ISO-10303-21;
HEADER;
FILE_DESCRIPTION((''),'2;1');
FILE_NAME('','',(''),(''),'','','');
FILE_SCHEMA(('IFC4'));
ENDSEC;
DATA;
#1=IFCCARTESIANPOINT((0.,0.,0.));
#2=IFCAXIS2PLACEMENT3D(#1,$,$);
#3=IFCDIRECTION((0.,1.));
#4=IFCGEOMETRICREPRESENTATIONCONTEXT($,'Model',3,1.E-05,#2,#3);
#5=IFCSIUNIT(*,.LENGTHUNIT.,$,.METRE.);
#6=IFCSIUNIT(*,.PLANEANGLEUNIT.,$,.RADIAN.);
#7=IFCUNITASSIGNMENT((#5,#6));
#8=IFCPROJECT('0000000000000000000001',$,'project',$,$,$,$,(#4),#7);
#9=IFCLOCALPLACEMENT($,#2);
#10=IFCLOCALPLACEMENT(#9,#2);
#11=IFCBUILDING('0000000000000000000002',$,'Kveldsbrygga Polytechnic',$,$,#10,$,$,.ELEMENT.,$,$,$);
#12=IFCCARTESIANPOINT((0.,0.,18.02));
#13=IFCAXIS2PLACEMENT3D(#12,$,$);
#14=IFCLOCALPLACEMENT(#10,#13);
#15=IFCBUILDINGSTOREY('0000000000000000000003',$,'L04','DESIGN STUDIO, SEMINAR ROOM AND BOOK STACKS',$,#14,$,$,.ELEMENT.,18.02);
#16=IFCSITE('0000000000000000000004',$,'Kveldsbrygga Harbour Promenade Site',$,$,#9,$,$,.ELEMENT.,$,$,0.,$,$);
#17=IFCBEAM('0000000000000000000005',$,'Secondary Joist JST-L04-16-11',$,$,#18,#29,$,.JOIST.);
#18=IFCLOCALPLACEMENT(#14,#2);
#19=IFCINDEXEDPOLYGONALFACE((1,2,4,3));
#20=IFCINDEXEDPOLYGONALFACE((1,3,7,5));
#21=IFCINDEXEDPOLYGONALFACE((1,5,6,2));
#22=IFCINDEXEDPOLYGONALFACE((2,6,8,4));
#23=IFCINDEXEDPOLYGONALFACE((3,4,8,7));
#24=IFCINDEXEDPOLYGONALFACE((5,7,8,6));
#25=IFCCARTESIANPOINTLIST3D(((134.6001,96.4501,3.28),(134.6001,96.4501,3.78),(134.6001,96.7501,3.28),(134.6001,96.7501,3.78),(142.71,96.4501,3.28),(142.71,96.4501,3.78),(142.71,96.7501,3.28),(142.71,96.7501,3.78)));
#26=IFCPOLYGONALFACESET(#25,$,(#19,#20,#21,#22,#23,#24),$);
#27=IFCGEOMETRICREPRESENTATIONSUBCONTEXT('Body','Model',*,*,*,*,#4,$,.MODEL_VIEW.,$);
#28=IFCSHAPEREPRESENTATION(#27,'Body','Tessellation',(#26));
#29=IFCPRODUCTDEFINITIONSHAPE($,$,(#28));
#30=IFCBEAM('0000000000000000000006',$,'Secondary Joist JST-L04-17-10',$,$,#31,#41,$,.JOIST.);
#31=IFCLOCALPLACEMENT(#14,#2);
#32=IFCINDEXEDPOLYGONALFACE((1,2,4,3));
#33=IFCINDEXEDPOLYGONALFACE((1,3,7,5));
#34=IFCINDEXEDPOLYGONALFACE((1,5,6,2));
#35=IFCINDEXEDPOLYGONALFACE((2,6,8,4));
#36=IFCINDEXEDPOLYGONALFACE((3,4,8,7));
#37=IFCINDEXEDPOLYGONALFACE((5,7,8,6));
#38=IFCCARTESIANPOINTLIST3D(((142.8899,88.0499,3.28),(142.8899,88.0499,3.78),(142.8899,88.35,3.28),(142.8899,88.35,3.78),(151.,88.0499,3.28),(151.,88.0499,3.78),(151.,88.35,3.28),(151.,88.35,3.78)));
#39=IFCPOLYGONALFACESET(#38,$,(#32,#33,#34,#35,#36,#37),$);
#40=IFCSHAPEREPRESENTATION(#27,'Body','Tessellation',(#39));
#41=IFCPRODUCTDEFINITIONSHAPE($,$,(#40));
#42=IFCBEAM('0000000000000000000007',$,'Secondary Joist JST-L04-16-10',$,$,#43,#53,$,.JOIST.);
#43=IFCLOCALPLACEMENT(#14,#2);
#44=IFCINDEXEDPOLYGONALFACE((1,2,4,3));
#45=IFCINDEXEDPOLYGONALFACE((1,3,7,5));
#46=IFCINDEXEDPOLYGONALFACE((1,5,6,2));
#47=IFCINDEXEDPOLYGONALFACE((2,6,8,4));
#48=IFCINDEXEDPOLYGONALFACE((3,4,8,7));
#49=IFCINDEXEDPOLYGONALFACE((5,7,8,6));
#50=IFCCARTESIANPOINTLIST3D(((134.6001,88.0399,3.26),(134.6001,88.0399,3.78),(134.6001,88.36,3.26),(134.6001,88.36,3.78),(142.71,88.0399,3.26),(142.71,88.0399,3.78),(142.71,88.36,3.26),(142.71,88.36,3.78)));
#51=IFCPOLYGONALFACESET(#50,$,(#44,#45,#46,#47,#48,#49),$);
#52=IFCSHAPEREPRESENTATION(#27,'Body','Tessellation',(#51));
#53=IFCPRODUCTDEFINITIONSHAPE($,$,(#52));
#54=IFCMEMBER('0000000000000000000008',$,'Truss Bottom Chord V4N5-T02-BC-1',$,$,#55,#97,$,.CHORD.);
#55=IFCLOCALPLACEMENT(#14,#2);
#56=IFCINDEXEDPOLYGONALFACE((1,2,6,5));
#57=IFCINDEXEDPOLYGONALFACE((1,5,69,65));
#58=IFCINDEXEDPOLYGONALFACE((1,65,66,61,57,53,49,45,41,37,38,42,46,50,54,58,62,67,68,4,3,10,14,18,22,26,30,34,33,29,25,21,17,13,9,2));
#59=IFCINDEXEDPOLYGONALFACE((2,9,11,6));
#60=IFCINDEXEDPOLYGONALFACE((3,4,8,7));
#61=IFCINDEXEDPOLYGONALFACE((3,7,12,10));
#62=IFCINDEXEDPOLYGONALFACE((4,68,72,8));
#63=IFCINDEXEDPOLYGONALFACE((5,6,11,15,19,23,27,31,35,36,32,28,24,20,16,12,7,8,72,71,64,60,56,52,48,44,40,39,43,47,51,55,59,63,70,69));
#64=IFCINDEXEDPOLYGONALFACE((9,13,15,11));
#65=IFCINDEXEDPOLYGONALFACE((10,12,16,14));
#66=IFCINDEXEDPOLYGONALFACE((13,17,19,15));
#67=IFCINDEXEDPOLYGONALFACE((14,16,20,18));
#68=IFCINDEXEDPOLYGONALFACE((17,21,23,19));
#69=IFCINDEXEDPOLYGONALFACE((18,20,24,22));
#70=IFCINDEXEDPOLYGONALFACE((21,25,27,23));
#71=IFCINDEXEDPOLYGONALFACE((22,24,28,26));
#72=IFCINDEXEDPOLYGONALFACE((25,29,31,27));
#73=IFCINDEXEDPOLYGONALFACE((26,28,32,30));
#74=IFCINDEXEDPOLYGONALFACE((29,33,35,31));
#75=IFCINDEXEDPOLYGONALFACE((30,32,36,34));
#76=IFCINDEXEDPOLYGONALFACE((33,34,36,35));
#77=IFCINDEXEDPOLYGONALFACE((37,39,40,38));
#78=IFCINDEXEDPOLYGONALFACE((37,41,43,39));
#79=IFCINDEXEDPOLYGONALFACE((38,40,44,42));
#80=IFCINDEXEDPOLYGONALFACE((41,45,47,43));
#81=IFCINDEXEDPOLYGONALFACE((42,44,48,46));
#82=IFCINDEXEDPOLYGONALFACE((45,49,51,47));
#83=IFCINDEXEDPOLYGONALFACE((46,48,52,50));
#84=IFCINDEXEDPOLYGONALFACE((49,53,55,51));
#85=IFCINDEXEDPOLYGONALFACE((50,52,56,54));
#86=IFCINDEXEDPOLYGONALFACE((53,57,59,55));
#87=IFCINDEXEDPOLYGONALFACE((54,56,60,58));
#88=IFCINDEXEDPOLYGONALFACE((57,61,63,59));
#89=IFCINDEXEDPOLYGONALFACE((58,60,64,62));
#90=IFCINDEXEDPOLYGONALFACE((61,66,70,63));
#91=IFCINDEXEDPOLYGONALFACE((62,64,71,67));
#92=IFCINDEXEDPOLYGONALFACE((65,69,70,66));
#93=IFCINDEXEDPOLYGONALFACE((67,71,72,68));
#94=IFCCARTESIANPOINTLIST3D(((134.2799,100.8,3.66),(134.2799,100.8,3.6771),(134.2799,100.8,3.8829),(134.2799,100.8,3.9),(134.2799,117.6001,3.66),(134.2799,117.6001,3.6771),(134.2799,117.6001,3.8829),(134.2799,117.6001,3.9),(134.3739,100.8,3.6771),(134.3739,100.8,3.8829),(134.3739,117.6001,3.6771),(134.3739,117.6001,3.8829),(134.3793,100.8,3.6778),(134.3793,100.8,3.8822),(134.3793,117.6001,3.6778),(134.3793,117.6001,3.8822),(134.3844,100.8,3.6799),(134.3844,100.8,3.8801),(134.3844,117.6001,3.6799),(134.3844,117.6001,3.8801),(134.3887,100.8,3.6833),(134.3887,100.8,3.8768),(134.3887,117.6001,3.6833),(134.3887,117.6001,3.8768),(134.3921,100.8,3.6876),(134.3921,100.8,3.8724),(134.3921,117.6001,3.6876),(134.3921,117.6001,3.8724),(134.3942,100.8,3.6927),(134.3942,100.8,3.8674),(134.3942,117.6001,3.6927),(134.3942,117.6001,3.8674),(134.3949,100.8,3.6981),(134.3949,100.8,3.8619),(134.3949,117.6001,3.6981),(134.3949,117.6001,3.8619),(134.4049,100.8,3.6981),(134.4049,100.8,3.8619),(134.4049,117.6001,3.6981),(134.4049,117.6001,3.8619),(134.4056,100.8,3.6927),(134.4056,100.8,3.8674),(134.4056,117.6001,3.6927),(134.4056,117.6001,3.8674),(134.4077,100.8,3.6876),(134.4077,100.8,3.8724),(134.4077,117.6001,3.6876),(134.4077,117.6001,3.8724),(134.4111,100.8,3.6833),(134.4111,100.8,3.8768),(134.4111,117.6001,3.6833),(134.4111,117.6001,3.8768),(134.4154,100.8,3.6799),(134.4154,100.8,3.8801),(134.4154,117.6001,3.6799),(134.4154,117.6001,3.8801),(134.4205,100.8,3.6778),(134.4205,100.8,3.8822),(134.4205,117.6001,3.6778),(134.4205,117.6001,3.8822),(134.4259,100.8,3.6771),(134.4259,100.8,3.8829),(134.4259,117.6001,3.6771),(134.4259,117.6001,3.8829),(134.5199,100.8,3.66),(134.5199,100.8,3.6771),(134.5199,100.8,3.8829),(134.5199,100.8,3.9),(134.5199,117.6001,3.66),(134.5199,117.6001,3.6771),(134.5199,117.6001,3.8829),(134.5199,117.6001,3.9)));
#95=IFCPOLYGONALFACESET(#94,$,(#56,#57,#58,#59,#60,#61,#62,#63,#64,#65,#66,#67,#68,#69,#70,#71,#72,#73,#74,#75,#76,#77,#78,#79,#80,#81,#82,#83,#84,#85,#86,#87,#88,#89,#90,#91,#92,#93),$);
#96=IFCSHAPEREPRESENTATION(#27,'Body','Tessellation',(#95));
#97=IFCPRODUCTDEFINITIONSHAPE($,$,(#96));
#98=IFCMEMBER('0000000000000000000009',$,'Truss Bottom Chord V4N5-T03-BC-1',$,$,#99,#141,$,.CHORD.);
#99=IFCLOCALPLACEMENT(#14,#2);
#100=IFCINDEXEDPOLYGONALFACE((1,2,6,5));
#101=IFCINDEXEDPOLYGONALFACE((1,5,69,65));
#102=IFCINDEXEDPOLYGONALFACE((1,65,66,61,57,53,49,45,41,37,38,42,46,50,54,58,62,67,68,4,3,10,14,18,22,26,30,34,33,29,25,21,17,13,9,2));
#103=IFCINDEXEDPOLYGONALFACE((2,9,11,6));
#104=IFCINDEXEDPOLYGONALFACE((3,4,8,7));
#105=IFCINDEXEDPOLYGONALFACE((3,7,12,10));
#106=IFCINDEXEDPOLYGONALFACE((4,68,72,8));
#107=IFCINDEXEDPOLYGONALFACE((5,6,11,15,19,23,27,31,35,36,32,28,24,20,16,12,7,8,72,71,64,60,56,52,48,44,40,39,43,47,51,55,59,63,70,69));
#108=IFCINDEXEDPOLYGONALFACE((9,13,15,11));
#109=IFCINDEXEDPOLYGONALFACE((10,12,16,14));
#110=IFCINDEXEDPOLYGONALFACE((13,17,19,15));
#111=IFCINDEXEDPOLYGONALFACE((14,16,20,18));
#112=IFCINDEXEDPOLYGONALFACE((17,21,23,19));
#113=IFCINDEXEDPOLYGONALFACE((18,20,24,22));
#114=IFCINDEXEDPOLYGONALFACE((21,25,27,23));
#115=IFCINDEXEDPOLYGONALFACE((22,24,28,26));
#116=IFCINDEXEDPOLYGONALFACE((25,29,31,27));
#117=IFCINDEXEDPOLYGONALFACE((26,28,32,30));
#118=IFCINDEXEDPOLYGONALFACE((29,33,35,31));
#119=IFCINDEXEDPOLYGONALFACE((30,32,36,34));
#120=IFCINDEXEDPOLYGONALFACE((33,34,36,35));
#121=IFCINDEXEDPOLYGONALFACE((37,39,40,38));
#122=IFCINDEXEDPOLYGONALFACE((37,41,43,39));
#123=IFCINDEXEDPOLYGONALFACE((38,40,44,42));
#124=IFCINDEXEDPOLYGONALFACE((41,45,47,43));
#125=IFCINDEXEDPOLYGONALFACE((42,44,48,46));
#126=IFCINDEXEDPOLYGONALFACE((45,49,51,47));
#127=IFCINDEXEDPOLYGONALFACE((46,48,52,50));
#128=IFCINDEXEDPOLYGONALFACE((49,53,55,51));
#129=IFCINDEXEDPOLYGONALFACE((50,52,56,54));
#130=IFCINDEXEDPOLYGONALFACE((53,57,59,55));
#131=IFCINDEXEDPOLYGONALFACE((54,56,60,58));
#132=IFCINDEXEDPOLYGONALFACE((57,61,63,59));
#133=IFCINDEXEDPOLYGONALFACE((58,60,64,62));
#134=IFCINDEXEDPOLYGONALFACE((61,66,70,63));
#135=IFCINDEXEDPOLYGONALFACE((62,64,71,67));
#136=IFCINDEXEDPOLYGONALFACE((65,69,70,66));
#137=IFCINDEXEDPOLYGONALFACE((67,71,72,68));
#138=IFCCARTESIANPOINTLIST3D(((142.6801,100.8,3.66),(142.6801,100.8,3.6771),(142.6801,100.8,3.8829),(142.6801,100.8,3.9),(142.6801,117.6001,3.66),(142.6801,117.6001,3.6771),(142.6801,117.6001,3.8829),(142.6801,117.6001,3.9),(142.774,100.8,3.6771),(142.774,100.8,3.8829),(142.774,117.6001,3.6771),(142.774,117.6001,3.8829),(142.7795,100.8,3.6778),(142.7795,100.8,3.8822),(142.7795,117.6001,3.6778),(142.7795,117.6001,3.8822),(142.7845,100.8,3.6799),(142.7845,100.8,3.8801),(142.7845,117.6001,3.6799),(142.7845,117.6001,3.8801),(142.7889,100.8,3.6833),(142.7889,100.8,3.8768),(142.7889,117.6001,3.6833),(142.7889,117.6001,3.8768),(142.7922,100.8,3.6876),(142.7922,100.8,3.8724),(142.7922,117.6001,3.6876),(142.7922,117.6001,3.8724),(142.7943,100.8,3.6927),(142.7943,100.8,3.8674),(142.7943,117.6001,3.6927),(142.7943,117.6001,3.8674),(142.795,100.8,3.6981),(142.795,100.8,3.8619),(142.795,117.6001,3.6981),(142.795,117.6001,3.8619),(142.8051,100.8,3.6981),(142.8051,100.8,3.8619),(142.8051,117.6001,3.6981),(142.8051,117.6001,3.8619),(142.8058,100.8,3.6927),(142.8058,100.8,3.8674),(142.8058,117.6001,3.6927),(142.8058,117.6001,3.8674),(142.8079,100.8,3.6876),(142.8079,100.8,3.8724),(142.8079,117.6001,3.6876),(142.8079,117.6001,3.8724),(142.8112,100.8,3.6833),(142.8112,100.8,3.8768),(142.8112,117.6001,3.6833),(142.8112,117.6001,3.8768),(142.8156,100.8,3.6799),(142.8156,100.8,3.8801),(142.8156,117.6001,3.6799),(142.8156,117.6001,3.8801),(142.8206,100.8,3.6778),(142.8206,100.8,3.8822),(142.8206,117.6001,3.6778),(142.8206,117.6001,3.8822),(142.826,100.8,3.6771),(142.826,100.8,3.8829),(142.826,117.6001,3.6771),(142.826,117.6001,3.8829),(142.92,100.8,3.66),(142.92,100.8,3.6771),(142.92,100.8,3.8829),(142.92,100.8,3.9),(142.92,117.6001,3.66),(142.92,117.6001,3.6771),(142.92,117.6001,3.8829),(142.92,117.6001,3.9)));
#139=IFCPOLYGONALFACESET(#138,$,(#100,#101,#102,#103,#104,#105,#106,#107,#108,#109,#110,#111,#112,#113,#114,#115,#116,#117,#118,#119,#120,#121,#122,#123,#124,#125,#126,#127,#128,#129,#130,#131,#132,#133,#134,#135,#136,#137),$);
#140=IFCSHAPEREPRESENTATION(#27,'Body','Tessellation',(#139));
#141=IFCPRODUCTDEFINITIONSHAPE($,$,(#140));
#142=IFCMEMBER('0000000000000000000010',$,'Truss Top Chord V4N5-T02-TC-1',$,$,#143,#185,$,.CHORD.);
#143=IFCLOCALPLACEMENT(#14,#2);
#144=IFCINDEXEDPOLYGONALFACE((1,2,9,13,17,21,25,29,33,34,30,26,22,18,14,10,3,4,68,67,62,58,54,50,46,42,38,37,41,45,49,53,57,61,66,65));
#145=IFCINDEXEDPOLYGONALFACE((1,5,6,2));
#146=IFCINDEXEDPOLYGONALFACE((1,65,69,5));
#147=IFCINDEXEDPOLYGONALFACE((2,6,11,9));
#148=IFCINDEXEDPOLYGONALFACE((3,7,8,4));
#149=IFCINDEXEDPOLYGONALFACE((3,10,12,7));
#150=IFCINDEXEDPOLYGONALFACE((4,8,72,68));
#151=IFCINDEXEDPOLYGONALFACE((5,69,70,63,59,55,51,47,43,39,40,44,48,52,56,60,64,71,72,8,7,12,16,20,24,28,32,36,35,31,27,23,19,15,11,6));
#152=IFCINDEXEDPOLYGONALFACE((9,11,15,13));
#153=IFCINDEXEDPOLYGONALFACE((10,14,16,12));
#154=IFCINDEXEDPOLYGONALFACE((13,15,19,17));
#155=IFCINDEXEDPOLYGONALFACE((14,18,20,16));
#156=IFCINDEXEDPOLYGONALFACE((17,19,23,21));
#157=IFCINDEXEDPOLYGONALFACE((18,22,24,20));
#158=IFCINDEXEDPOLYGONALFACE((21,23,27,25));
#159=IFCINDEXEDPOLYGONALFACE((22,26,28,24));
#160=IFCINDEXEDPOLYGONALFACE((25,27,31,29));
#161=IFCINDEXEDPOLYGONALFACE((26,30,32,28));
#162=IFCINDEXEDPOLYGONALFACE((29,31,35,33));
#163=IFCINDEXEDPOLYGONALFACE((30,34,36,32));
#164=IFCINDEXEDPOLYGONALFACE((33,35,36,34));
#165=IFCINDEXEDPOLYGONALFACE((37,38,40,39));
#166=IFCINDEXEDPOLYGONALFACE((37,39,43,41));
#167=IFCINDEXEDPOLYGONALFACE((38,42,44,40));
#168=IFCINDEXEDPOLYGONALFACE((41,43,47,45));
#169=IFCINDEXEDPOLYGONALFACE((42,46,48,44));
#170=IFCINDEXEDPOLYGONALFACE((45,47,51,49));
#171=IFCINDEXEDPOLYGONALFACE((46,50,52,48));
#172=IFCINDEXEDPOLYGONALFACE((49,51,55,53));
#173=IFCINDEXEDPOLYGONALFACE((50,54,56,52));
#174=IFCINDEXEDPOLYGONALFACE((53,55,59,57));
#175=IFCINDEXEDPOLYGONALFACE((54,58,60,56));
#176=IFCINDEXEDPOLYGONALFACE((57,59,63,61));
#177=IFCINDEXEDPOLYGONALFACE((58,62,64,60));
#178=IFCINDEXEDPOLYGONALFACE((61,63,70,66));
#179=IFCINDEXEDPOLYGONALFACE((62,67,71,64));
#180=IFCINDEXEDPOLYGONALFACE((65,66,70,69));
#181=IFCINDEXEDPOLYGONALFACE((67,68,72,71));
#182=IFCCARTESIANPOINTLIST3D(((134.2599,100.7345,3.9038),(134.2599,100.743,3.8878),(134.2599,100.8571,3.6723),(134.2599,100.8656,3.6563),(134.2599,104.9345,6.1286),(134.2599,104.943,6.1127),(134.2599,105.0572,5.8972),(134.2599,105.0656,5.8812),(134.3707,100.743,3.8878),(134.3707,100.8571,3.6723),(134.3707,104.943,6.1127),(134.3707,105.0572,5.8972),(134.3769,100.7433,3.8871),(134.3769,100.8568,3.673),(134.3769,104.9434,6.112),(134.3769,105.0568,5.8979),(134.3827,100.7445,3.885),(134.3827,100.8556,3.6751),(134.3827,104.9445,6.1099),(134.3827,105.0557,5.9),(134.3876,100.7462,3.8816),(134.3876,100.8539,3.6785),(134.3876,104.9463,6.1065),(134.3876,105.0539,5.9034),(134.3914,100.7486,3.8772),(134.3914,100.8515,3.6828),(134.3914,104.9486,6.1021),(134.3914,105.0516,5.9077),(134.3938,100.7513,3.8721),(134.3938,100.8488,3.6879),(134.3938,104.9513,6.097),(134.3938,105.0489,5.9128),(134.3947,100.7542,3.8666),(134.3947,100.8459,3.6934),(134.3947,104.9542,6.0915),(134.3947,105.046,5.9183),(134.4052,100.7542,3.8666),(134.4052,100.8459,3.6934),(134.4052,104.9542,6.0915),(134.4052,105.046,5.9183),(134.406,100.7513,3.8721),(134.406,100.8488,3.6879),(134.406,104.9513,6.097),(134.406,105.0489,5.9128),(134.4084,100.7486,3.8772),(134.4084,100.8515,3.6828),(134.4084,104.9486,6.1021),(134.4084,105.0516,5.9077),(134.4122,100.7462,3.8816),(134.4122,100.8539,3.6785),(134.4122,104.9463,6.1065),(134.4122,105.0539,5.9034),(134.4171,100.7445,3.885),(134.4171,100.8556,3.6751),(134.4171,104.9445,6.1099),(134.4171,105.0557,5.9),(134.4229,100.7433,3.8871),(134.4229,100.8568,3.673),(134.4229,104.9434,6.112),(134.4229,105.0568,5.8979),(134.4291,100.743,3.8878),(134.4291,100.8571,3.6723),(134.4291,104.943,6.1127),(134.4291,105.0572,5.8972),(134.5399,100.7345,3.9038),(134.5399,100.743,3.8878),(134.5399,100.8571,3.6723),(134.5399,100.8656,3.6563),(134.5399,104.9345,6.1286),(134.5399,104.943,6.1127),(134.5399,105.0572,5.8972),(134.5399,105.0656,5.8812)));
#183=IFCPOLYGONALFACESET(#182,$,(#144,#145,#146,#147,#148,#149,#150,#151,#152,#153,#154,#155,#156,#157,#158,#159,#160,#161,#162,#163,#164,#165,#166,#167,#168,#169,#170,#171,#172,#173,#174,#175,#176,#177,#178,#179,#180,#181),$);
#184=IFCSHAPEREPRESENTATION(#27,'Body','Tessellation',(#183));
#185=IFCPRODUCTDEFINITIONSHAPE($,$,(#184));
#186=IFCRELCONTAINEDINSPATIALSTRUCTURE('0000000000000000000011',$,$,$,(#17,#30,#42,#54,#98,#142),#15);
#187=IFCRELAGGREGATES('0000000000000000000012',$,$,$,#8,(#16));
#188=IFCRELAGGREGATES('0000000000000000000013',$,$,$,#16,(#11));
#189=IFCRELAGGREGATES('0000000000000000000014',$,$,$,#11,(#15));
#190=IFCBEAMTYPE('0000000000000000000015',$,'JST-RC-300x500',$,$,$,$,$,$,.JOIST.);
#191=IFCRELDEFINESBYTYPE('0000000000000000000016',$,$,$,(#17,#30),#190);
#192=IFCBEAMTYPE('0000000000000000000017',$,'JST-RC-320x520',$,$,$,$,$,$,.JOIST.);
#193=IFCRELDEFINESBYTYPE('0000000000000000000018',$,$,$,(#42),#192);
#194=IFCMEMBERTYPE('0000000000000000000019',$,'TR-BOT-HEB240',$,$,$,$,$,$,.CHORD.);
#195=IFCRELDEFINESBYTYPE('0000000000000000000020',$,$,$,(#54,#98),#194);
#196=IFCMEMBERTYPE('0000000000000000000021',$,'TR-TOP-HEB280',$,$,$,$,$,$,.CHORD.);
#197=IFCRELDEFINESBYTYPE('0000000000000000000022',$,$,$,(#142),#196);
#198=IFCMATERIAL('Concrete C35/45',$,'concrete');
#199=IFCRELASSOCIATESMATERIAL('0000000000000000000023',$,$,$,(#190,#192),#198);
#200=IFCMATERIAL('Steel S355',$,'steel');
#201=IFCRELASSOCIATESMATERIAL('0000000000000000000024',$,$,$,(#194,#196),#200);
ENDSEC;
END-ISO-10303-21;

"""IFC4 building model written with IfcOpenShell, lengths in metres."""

from ifc_helpers import new_model, si_unit, direction, frame, origin, origin_2d, place, context, subcontext, project, spatial, rectangle, i_section, extrude, material, material_profile, profile_set, type_object, element, save


model = new_model("IFC4")

# Units and contexts
model_context = context("Model", 3, precision=1e-05, world=origin(), true_north=direction((0.0, 1.0)))
body_context = subcontext(model_context, "Body", "Model", "MODEL_VIEW")
ifc_project = project(units=[si_unit("LENGTHUNIT", "METRE"), si_unit("PLANEANGLEUNIT", "RADIAN")], contexts=[model_context])

# Site, building, storey
site_placement = place(None, origin())
site = spatial("IfcSite", under=ifc_project, at=site_placement, Name="Kveldsbrygga Harbour Promenade Site", CompositionType="ELEMENT", RefElevation=0.0)
building_placement = place(site_placement, origin())
building = spatial("IfcBuilding", under=site, at=building_placement, Name="Kveldsbrygga Polytechnic", CompositionType="ELEMENT")
storey_placement = place(building_placement, frame((0.0, 0.0, 18.02)))
storey = spatial("IfcBuildingStorey", under=building, at=storey_placement, Name="L04", Description="DESIGN STUDIO, SEMINAR ROOM AND BOOK STACKS", CompositionType="ELEMENT", Elevation=18.02)

# Beams
ifc_material_1 = material(Name="Concrete C35/45", Category="concrete")
ifc_material_2 = material(Name="Steel S355", Category="steel")
ifc_material_profile_1 = material_profile(ifc_material_1, rectangle(XDim=0.3, YDim=0.5, at=origin_2d()), Name="RC 300x500")
ifc_profile_set_1 = profile_set([ifc_material_profile_1], Name="Concrete C35/45")
beam_type_1 = type_object("IfcBeamType", Name="JST-RC-300x500", PredefinedType="JOIST", material=ifc_profile_set_1)
beam_1_placement = place(storey_placement, frame((134.6001, 96.6001, 3.53), z_axis=(1.0, 0.0, 0.0), x_axis=(0.0, 1.0, 0.0)))
element("IfcBeam", 1, at=beam_1_placement, inside=storey, type_object=beam_type_1, Name="Secondary Joist JST-L04-16-11", PredefinedType="JOIST", context=body_context, shape_type="SweptSolid", body=[
    extrude(rectangle(XDim=0.3, YDim=0.5, at=origin_2d()), origin(), (0.0, 0.0, 1.0), 8.1099),
])
beam_2_placement = place(storey_placement, frame((142.8899, 88.2, 3.53), z_axis=(1.0, 0.0, 0.0), x_axis=(0.0, 1.0, 0.0)))
element("IfcBeam", 2, at=beam_2_placement, inside=storey, type_object=beam_type_1, Name="Secondary Joist JST-L04-17-10", PredefinedType="JOIST", context=body_context, shape_type="SweptSolid", body=[
    extrude(rectangle(XDim=0.3, YDim=0.5, at=origin_2d()), origin(), (0.0, 0.0, 1.0), 8.1101),
])
ifc_material_profile_2 = material_profile(ifc_material_1, rectangle(XDim=0.3201, YDim=0.52, at=origin_2d()), Name="RC 320x520")
ifc_profile_set_2 = profile_set([ifc_material_profile_2], Name="Concrete C35/45")
beam_type_2 = type_object("IfcBeamType", Name="JST-RC-320x520", PredefinedType="JOIST", material=ifc_profile_set_2)
beam_3_placement = place(storey_placement, frame((134.6001, 88.2, 3.52), z_axis=(1.0, 0.0, 0.0), x_axis=(0.0, 1.0, 0.0)))
element("IfcBeam", 3, at=beam_3_placement, inside=storey, type_object=beam_type_2, Name="Secondary Joist JST-L04-16-10", PredefinedType="JOIST", context=body_context, shape_type="SweptSolid", body=[
    extrude(rectangle(XDim=0.3201, YDim=0.52, at=origin_2d()), origin(), (0.0, 0.0, 1.0), 8.1099),
])

# Members
ifc_material_profile_3 = material_profile(ifc_material_2, i_section(OverallWidth=0.24, OverallDepth=0.24, WebThickness=0.01, FlangeThickness=0.0171, FilletRadius=0.021, at=origin_2d()), Name="HEB 240")
ifc_profile_set_3 = profile_set([ifc_material_profile_3], Name="Steel S355")
member_type_1 = type_object("IfcMemberType", Name="TR-BOT-HEB240", PredefinedType="CHORD", material=ifc_profile_set_3)
for number, where, z_axis, x_axis, name in (
    (4, (134.3999, 100.8, 3.78), (0.0, 1.0, 0.0), (-1.0, 0.0, 0.0), "Truss Bottom Chord V4N5-T02-BC-1"),
    (5, (142.8, 100.8, 3.78), (0.0, 1.0, 0.0), (-1.0, 0.0, 0.0), "Truss Bottom Chord V4N5-T03-BC-1"),
):
    element("IfcMember", number, at=place(storey_placement, frame(where, z_axis=z_axis, x_axis=x_axis)), inside=storey, type_object=member_type_1, Name=name, PredefinedType="CHORD", context=body_context, shape_type="SweptSolid", body=[
        extrude(i_section(OverallWidth=0.24, OverallDepth=0.24, WebThickness=0.01, FlangeThickness=0.0171, FilletRadius=0.021, at=origin_2d()), origin(), (0.0, 0.0, 1.0), 16.8),
    ])
ifc_material_profile_4 = material_profile(ifc_material_2, i_section(OverallWidth=0.28, OverallDepth=0.28, WebThickness=0.0105, FlangeThickness=0.0181, FilletRadius=0.0239, at=origin_2d()), Name="HEB 280")
ifc_profile_set_4 = profile_set([ifc_material_profile_4], Name="Steel S355")
member_type_2 = type_object("IfcMemberType", Name="TR-TOP-HEB280", PredefinedType="CHORD", material=ifc_profile_set_4)
for number, where, z_axis, x_axis, name in (
    (6, (134.3999, 100.8, 3.78), (0.0, 0.88367, 0.46811), (-1.0, 0.0, 0.0), "Truss Top Chord V4N5-T02-TC-1"),
):
    element("IfcMember", number, at=place(storey_placement, frame(where, z_axis=z_axis, x_axis=x_axis)), inside=storey, type_object=member_type_2, Name=name, PredefinedType="CHORD", context=body_context, shape_type="SweptSolid", body=[
        extrude(i_section(OverallWidth=0.28, OverallDepth=0.28, WebThickness=0.0105, FlangeThickness=0.0181, FilletRadius=0.0239, at=origin_2d()), origin(), (0.0, 0.0, 1.0), 4.7529),
    ])

save(model, "model.ifc")
